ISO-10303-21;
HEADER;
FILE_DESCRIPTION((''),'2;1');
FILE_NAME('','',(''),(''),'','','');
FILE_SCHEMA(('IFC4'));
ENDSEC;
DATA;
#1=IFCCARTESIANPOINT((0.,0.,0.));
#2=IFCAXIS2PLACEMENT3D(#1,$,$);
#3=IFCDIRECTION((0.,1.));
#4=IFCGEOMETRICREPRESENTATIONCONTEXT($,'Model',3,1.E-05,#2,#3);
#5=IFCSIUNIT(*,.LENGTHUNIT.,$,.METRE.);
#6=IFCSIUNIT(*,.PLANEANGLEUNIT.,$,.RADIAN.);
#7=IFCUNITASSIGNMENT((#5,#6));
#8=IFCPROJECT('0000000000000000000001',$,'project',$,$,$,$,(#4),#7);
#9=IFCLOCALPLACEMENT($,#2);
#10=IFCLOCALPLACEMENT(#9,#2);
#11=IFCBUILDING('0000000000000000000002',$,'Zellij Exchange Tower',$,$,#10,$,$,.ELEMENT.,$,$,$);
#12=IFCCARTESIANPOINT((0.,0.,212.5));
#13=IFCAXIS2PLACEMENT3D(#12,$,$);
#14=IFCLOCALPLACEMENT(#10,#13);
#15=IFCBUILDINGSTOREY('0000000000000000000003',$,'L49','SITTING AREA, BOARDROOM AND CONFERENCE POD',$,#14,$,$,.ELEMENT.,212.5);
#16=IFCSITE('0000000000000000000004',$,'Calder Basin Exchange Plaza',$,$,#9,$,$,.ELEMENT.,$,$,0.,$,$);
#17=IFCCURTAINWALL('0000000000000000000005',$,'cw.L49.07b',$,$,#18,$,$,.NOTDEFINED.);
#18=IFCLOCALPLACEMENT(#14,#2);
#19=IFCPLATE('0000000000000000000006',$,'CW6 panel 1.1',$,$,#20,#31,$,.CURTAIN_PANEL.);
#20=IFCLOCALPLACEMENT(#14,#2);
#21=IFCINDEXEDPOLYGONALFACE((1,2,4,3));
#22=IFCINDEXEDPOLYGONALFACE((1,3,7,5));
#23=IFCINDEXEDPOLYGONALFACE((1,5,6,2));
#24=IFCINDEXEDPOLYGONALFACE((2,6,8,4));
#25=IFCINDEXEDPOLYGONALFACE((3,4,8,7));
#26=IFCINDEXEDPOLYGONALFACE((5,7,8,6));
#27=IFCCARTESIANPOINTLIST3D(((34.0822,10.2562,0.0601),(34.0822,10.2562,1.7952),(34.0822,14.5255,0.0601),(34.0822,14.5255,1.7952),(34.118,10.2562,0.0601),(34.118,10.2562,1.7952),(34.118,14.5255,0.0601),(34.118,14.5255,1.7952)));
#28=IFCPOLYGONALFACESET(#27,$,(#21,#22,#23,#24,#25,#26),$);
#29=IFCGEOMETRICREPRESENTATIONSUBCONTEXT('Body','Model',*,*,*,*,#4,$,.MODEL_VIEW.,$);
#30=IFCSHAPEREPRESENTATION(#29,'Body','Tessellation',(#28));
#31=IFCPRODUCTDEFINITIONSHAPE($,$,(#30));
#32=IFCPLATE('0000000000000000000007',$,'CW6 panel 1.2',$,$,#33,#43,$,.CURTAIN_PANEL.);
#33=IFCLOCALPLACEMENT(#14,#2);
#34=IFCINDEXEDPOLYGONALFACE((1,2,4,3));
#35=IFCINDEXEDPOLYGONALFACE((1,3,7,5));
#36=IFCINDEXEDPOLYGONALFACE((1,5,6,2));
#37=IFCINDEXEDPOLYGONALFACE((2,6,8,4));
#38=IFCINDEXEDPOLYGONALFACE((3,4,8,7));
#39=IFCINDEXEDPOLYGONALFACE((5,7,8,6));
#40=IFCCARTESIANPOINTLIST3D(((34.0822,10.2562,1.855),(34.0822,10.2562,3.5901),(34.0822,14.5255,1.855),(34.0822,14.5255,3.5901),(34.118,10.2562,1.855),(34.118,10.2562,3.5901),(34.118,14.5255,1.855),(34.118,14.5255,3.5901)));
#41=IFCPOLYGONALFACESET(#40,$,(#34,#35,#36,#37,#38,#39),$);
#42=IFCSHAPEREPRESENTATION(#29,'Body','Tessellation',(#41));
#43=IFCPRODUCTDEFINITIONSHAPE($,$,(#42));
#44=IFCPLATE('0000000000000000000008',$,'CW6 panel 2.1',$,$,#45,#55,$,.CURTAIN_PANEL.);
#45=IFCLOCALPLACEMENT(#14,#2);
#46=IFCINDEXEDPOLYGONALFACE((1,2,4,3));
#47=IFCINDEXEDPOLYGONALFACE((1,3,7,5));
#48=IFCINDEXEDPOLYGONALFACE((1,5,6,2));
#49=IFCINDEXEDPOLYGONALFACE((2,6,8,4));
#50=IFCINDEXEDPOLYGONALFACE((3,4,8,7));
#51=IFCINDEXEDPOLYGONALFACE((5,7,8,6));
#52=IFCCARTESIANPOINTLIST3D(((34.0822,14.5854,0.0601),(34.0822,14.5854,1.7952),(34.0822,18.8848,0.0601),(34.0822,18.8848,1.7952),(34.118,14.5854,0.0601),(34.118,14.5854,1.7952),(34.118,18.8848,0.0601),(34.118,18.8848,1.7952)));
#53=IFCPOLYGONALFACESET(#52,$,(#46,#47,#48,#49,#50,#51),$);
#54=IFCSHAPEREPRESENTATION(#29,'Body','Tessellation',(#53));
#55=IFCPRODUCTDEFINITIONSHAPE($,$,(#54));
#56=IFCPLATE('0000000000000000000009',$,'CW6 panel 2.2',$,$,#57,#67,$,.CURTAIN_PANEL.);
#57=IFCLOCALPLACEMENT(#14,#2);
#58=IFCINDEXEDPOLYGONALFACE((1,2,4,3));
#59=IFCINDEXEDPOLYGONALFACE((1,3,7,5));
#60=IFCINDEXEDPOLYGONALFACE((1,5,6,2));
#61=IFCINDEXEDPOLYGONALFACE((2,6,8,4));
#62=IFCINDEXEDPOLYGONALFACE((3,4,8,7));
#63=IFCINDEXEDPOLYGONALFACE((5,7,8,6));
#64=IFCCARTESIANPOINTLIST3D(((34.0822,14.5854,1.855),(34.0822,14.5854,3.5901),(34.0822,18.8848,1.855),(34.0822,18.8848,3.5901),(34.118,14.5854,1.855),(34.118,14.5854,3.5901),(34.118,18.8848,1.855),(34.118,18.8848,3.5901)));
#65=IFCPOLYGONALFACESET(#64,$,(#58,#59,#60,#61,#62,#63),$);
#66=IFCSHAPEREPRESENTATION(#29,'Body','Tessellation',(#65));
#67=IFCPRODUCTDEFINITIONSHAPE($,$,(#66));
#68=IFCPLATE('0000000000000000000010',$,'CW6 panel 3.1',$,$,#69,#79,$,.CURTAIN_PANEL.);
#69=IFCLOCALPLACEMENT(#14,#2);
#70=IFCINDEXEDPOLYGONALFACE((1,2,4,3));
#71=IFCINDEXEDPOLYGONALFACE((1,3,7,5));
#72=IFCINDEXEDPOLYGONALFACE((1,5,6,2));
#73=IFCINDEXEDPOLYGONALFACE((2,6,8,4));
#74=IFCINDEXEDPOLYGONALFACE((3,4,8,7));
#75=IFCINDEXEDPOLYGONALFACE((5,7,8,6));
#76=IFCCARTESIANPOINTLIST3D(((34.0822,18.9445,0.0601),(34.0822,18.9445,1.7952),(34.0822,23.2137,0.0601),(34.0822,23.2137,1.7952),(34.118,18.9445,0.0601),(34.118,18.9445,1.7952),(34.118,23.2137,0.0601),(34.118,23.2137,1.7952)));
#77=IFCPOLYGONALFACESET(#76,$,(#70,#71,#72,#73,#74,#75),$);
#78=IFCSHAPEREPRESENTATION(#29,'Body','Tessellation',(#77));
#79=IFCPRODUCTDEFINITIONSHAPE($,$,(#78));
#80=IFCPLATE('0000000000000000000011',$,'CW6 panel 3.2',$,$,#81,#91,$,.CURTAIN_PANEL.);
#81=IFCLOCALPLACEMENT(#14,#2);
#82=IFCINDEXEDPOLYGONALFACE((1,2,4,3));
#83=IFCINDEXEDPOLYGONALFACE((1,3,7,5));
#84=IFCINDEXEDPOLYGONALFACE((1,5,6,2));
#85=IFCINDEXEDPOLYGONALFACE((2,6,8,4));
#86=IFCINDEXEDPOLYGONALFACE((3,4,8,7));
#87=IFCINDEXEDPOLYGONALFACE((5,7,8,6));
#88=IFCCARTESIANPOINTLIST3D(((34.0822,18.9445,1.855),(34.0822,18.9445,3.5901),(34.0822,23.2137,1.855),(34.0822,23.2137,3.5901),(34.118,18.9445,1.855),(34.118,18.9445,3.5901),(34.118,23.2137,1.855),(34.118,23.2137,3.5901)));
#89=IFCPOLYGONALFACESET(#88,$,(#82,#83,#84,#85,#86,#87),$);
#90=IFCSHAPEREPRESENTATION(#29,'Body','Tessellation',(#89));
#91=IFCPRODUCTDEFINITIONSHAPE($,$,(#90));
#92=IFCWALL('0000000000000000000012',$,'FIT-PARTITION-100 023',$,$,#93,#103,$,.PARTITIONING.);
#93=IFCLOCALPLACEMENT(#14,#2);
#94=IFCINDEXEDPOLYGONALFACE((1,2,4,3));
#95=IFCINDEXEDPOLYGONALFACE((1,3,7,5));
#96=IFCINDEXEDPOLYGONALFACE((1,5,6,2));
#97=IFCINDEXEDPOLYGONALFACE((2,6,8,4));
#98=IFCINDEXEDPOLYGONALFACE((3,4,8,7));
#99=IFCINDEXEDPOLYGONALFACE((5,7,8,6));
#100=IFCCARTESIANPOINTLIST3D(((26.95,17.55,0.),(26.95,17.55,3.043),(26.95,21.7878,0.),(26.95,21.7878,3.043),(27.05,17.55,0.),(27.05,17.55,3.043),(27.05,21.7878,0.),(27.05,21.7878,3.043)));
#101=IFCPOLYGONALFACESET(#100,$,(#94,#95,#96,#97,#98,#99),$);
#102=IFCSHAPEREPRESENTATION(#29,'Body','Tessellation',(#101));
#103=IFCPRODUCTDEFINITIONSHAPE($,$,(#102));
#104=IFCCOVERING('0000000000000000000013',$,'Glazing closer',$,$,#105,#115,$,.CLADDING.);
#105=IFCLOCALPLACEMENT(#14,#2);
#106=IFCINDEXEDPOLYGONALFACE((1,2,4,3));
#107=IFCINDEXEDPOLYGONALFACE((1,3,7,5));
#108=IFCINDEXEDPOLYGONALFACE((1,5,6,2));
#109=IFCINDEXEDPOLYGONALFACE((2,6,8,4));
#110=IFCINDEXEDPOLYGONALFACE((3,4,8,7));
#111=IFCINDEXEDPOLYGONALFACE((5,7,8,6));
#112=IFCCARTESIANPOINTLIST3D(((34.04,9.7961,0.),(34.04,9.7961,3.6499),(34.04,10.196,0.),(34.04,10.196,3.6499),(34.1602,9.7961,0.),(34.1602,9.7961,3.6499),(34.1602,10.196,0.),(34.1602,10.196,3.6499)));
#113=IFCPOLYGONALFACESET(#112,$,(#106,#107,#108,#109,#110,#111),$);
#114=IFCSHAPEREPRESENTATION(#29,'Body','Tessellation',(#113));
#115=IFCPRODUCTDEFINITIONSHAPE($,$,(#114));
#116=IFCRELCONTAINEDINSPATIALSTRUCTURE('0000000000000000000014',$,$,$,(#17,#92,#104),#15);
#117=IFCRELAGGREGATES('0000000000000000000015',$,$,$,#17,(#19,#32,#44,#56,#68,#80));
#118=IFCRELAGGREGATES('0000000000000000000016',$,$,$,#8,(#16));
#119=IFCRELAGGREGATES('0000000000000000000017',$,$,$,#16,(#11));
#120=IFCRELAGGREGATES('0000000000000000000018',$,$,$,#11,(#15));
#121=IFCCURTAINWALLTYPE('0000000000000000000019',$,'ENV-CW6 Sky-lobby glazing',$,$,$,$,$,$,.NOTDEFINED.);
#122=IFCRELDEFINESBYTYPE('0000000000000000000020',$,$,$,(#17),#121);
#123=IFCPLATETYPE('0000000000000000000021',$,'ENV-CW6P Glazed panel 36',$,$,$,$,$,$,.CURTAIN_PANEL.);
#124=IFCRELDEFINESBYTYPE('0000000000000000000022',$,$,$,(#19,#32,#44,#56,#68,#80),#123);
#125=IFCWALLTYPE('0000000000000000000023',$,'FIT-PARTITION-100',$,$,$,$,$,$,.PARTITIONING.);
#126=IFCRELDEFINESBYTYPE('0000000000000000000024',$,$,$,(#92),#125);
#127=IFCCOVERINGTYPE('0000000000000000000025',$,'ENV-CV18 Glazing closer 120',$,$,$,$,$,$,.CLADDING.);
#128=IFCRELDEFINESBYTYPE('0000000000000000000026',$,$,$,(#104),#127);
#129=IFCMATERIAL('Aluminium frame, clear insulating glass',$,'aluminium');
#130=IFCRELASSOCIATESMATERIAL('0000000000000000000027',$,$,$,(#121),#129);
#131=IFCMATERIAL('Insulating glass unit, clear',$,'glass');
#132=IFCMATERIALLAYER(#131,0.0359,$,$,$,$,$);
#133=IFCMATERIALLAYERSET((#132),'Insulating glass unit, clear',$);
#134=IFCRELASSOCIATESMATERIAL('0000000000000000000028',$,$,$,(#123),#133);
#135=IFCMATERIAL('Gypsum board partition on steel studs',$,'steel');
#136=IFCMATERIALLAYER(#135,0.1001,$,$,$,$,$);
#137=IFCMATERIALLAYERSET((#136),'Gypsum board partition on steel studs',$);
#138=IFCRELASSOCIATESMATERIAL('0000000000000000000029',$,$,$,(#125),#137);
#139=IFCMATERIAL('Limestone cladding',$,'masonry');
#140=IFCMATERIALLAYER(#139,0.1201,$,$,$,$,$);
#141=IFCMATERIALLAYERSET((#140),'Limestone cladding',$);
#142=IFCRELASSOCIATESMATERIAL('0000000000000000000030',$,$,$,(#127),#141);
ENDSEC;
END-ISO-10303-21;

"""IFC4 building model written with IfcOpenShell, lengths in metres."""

from ifc_helpers import new_model, si_unit, direction, frame, frame_2d, origin, origin_2d, place, context, subcontext, project, spatial, rectangle, extrude, material, layer, layer_set, type_object, element, aggregate, save


model = new_model("IFC4")

# Units and contexts
model_context = context("Model", 3, precision=1e-05, world=origin(), true_north=direction((0.0, 1.0)))
body_context = subcontext(model_context, "Body", "Model", "MODEL_VIEW")
ifc_project = project(units=[si_unit("LENGTHUNIT", "METRE"), si_unit("PLANEANGLEUNIT", "RADIAN")], contexts=[model_context])

# Site, building, storey
site_placement = place(None, origin())
site = spatial("IfcSite", under=ifc_project, at=site_placement, Name="Calder Basin Exchange Plaza", CompositionType="ELEMENT", RefElevation=0.0)
building_placement = place(site_placement, origin())
building = spatial("IfcBuilding", under=site, at=building_placement, Name="Zellij Exchange Tower", CompositionType="ELEMENT")
storey_placement = place(building_placement, frame((0.0, 0.0, 212.5)))
storey = spatial("IfcBuildingStorey", under=building, at=storey_placement, Name="L49", Description="SITTING AREA, BOARDROOM AND CONFERENCE POD", CompositionType="ELEMENT", Elevation=212.5)

# Shared definitions
ifc_material_1 = material(Name="Aluminium frame, clear insulating glass", Category="aluminium")
curtain_wall_type = type_object("IfcCurtainWallType", Name="ENV-CW6 Sky-lobby glazing", PredefinedType="NOTDEFINED", material=ifc_material_1)

# Curtain wall
curtain_wall_1_placement = place(storey_placement, origin())
curtain_wall_1 = element("IfcCurtainWall", 1, at=curtain_wall_1_placement, inside=storey, type_object=curtain_wall_type, Name="cw.L49.07b", PredefinedType="NOTDEFINED")

# Plates
ifc_material_2 = material(Name="Insulating glass unit, clear", Category="glass")
ifc_layer_1 = layer(ifc_material_2, 0.0359)
ifc_layer_set_1 = layer_set([ifc_layer_1], Name="Insulating glass unit, clear")
plate_type = type_object("IfcPlateType", Name="ENV-CW6P Glazed panel 36", PredefinedType="CURTAIN_PANEL", material=ifc_layer_set_1)
plate_1_placement = place(storey_placement, frame((34.1001, 12.3909, 0.0601), z_axis=(0.0, 0.0, 1.0), x_axis=(0.0, 1.0, 0.0)))
plate_1 = element("IfcPlate", 2, at=plate_1_placement, type_object=plate_type, Name="CW6 panel 1.1", PredefinedType="CURTAIN_PANEL", context=body_context, shape_type="SweptSolid", body=[
    extrude(rectangle(XDim=4.2693, YDim=0.0359, at=origin_2d()), origin(), (0.0, 0.0, 1.0), 1.7351),
])
plate_2_placement = place(storey_placement, frame((34.1001, 12.3909, 1.855), z_axis=(0.0, 0.0, 1.0), x_axis=(0.0, 1.0, 0.0)))
plate_2 = element("IfcPlate", 3, at=plate_2_placement, type_object=plate_type, Name="CW6 panel 1.2", PredefinedType="CURTAIN_PANEL", context=body_context, shape_type="SweptSolid", body=[
    extrude(rectangle(XDim=4.2693, YDim=0.0359, at=origin_2d()), origin(), (0.0, 0.0, 1.0), 1.7351),
])
plate_3_placement = place(storey_placement, frame((34.1001, 16.7351, 0.0601), z_axis=(0.0, 0.0, 1.0), x_axis=(0.0, 1.0, 0.0)))
plate_3 = element("IfcPlate", 4, at=plate_3_placement, type_object=plate_type, Name="CW6 panel 2.1", PredefinedType="CURTAIN_PANEL", context=body_context, shape_type="SweptSolid", body=[
    extrude(rectangle(XDim=4.2993, YDim=0.0359, at=origin_2d()), origin(), (0.0, 0.0, 1.0), 1.7351),
])
plate_4_placement = place(storey_placement, frame((34.1001, 16.7351, 1.855), z_axis=(0.0, 0.0, 1.0), x_axis=(0.0, 1.0, 0.0)))
plate_4 = element("IfcPlate", 5, at=plate_4_placement, type_object=plate_type, Name="CW6 panel 2.2", PredefinedType="CURTAIN_PANEL", context=body_context, shape_type="SweptSolid", body=[
    extrude(rectangle(XDim=4.2993, YDim=0.0359, at=origin_2d()), origin(), (0.0, 0.0, 1.0), 1.7351),
])
plate_5_placement = place(storey_placement, frame((34.1001, 21.0791, 0.0601), z_axis=(0.0, 0.0, 1.0), x_axis=(0.0, 1.0, 0.0)))
plate_5 = element("IfcPlate", 6, at=plate_5_placement, type_object=plate_type, Name="CW6 panel 3.1", PredefinedType="CURTAIN_PANEL", context=body_context, shape_type="SweptSolid", body=[
    extrude(rectangle(XDim=4.2693, YDim=0.0359, at=origin_2d()), origin(), (0.0, 0.0, 1.0), 1.7351),
])
plate_6_placement = place(storey_placement, frame((34.1001, 21.0791, 1.855), z_axis=(0.0, 0.0, 1.0), x_axis=(0.0, 1.0, 0.0)))
plate_6 = element("IfcPlate", 7, at=plate_6_placement, type_object=plate_type, Name="CW6 panel 3.2", PredefinedType="CURTAIN_PANEL", context=body_context, shape_type="SweptSolid", body=[
    extrude(rectangle(XDim=4.2693, YDim=0.0359, at=origin_2d()), origin(), (0.0, 0.0, 1.0), 1.7351),
])
aggregate(curtain_wall_1, [plate_1, plate_2, plate_3, plate_4, plate_5, plate_6])

# Wall
ifc_material_3 = material(Name="Gypsum board partition on steel studs", Category="steel")
ifc_layer_2 = layer(ifc_material_3, 0.1001)
ifc_layer_set_2 = layer_set([ifc_layer_2], Name="Gypsum board partition on steel studs")
wall_type = type_object("IfcWallType", Name="FIT-PARTITION-100", PredefinedType="PARTITIONING", material=ifc_layer_set_2)
wall_placement = place(storey_placement, frame((27.0, 17.55, 0.0), z_axis=(0.0, 0.0, 1.0), x_axis=(0.0, 1.0, 0.0)))
element("IfcWall", 8, at=wall_placement, inside=storey, type_object=wall_type, Name="FIT-PARTITION-100 023", PredefinedType="PARTITIONING", context=body_context, shape_type="SweptSolid", body=[
    extrude(rectangle(XDim=4.2378, YDim=0.1001, at=frame_2d((2.1189, 0.0))), origin(), (0.0, 0.0, 1.0), 3.043),
])

# Covering
ifc_material_4 = material(Name="Limestone cladding", Category="masonry")
ifc_layer_3 = layer(ifc_material_4, 0.1201)
ifc_layer_set_3 = layer_set([ifc_layer_3], Name="Limestone cladding")
covering_type = type_object("IfcCoveringType", Name="ENV-CV18 Glazing closer 120", PredefinedType="CLADDING", material=ifc_layer_set_3)
covering_placement = place(storey_placement, frame((34.1001, 9.9961, 0.0), z_axis=(0.0, 0.0, 1.0), x_axis=(0.0, 1.0, 0.0)))
element("IfcCovering", 9, at=covering_placement, inside=storey, type_object=covering_type, Name="Glazing closer", PredefinedType="CLADDING", context=body_context, shape_type="SweptSolid", body=[
    extrude(rectangle(XDim=0.3999, YDim=0.1201, at=origin_2d()), origin(), (0.0, 0.0, 1.0), 3.6499),
])

save(model, "model.ifc")
